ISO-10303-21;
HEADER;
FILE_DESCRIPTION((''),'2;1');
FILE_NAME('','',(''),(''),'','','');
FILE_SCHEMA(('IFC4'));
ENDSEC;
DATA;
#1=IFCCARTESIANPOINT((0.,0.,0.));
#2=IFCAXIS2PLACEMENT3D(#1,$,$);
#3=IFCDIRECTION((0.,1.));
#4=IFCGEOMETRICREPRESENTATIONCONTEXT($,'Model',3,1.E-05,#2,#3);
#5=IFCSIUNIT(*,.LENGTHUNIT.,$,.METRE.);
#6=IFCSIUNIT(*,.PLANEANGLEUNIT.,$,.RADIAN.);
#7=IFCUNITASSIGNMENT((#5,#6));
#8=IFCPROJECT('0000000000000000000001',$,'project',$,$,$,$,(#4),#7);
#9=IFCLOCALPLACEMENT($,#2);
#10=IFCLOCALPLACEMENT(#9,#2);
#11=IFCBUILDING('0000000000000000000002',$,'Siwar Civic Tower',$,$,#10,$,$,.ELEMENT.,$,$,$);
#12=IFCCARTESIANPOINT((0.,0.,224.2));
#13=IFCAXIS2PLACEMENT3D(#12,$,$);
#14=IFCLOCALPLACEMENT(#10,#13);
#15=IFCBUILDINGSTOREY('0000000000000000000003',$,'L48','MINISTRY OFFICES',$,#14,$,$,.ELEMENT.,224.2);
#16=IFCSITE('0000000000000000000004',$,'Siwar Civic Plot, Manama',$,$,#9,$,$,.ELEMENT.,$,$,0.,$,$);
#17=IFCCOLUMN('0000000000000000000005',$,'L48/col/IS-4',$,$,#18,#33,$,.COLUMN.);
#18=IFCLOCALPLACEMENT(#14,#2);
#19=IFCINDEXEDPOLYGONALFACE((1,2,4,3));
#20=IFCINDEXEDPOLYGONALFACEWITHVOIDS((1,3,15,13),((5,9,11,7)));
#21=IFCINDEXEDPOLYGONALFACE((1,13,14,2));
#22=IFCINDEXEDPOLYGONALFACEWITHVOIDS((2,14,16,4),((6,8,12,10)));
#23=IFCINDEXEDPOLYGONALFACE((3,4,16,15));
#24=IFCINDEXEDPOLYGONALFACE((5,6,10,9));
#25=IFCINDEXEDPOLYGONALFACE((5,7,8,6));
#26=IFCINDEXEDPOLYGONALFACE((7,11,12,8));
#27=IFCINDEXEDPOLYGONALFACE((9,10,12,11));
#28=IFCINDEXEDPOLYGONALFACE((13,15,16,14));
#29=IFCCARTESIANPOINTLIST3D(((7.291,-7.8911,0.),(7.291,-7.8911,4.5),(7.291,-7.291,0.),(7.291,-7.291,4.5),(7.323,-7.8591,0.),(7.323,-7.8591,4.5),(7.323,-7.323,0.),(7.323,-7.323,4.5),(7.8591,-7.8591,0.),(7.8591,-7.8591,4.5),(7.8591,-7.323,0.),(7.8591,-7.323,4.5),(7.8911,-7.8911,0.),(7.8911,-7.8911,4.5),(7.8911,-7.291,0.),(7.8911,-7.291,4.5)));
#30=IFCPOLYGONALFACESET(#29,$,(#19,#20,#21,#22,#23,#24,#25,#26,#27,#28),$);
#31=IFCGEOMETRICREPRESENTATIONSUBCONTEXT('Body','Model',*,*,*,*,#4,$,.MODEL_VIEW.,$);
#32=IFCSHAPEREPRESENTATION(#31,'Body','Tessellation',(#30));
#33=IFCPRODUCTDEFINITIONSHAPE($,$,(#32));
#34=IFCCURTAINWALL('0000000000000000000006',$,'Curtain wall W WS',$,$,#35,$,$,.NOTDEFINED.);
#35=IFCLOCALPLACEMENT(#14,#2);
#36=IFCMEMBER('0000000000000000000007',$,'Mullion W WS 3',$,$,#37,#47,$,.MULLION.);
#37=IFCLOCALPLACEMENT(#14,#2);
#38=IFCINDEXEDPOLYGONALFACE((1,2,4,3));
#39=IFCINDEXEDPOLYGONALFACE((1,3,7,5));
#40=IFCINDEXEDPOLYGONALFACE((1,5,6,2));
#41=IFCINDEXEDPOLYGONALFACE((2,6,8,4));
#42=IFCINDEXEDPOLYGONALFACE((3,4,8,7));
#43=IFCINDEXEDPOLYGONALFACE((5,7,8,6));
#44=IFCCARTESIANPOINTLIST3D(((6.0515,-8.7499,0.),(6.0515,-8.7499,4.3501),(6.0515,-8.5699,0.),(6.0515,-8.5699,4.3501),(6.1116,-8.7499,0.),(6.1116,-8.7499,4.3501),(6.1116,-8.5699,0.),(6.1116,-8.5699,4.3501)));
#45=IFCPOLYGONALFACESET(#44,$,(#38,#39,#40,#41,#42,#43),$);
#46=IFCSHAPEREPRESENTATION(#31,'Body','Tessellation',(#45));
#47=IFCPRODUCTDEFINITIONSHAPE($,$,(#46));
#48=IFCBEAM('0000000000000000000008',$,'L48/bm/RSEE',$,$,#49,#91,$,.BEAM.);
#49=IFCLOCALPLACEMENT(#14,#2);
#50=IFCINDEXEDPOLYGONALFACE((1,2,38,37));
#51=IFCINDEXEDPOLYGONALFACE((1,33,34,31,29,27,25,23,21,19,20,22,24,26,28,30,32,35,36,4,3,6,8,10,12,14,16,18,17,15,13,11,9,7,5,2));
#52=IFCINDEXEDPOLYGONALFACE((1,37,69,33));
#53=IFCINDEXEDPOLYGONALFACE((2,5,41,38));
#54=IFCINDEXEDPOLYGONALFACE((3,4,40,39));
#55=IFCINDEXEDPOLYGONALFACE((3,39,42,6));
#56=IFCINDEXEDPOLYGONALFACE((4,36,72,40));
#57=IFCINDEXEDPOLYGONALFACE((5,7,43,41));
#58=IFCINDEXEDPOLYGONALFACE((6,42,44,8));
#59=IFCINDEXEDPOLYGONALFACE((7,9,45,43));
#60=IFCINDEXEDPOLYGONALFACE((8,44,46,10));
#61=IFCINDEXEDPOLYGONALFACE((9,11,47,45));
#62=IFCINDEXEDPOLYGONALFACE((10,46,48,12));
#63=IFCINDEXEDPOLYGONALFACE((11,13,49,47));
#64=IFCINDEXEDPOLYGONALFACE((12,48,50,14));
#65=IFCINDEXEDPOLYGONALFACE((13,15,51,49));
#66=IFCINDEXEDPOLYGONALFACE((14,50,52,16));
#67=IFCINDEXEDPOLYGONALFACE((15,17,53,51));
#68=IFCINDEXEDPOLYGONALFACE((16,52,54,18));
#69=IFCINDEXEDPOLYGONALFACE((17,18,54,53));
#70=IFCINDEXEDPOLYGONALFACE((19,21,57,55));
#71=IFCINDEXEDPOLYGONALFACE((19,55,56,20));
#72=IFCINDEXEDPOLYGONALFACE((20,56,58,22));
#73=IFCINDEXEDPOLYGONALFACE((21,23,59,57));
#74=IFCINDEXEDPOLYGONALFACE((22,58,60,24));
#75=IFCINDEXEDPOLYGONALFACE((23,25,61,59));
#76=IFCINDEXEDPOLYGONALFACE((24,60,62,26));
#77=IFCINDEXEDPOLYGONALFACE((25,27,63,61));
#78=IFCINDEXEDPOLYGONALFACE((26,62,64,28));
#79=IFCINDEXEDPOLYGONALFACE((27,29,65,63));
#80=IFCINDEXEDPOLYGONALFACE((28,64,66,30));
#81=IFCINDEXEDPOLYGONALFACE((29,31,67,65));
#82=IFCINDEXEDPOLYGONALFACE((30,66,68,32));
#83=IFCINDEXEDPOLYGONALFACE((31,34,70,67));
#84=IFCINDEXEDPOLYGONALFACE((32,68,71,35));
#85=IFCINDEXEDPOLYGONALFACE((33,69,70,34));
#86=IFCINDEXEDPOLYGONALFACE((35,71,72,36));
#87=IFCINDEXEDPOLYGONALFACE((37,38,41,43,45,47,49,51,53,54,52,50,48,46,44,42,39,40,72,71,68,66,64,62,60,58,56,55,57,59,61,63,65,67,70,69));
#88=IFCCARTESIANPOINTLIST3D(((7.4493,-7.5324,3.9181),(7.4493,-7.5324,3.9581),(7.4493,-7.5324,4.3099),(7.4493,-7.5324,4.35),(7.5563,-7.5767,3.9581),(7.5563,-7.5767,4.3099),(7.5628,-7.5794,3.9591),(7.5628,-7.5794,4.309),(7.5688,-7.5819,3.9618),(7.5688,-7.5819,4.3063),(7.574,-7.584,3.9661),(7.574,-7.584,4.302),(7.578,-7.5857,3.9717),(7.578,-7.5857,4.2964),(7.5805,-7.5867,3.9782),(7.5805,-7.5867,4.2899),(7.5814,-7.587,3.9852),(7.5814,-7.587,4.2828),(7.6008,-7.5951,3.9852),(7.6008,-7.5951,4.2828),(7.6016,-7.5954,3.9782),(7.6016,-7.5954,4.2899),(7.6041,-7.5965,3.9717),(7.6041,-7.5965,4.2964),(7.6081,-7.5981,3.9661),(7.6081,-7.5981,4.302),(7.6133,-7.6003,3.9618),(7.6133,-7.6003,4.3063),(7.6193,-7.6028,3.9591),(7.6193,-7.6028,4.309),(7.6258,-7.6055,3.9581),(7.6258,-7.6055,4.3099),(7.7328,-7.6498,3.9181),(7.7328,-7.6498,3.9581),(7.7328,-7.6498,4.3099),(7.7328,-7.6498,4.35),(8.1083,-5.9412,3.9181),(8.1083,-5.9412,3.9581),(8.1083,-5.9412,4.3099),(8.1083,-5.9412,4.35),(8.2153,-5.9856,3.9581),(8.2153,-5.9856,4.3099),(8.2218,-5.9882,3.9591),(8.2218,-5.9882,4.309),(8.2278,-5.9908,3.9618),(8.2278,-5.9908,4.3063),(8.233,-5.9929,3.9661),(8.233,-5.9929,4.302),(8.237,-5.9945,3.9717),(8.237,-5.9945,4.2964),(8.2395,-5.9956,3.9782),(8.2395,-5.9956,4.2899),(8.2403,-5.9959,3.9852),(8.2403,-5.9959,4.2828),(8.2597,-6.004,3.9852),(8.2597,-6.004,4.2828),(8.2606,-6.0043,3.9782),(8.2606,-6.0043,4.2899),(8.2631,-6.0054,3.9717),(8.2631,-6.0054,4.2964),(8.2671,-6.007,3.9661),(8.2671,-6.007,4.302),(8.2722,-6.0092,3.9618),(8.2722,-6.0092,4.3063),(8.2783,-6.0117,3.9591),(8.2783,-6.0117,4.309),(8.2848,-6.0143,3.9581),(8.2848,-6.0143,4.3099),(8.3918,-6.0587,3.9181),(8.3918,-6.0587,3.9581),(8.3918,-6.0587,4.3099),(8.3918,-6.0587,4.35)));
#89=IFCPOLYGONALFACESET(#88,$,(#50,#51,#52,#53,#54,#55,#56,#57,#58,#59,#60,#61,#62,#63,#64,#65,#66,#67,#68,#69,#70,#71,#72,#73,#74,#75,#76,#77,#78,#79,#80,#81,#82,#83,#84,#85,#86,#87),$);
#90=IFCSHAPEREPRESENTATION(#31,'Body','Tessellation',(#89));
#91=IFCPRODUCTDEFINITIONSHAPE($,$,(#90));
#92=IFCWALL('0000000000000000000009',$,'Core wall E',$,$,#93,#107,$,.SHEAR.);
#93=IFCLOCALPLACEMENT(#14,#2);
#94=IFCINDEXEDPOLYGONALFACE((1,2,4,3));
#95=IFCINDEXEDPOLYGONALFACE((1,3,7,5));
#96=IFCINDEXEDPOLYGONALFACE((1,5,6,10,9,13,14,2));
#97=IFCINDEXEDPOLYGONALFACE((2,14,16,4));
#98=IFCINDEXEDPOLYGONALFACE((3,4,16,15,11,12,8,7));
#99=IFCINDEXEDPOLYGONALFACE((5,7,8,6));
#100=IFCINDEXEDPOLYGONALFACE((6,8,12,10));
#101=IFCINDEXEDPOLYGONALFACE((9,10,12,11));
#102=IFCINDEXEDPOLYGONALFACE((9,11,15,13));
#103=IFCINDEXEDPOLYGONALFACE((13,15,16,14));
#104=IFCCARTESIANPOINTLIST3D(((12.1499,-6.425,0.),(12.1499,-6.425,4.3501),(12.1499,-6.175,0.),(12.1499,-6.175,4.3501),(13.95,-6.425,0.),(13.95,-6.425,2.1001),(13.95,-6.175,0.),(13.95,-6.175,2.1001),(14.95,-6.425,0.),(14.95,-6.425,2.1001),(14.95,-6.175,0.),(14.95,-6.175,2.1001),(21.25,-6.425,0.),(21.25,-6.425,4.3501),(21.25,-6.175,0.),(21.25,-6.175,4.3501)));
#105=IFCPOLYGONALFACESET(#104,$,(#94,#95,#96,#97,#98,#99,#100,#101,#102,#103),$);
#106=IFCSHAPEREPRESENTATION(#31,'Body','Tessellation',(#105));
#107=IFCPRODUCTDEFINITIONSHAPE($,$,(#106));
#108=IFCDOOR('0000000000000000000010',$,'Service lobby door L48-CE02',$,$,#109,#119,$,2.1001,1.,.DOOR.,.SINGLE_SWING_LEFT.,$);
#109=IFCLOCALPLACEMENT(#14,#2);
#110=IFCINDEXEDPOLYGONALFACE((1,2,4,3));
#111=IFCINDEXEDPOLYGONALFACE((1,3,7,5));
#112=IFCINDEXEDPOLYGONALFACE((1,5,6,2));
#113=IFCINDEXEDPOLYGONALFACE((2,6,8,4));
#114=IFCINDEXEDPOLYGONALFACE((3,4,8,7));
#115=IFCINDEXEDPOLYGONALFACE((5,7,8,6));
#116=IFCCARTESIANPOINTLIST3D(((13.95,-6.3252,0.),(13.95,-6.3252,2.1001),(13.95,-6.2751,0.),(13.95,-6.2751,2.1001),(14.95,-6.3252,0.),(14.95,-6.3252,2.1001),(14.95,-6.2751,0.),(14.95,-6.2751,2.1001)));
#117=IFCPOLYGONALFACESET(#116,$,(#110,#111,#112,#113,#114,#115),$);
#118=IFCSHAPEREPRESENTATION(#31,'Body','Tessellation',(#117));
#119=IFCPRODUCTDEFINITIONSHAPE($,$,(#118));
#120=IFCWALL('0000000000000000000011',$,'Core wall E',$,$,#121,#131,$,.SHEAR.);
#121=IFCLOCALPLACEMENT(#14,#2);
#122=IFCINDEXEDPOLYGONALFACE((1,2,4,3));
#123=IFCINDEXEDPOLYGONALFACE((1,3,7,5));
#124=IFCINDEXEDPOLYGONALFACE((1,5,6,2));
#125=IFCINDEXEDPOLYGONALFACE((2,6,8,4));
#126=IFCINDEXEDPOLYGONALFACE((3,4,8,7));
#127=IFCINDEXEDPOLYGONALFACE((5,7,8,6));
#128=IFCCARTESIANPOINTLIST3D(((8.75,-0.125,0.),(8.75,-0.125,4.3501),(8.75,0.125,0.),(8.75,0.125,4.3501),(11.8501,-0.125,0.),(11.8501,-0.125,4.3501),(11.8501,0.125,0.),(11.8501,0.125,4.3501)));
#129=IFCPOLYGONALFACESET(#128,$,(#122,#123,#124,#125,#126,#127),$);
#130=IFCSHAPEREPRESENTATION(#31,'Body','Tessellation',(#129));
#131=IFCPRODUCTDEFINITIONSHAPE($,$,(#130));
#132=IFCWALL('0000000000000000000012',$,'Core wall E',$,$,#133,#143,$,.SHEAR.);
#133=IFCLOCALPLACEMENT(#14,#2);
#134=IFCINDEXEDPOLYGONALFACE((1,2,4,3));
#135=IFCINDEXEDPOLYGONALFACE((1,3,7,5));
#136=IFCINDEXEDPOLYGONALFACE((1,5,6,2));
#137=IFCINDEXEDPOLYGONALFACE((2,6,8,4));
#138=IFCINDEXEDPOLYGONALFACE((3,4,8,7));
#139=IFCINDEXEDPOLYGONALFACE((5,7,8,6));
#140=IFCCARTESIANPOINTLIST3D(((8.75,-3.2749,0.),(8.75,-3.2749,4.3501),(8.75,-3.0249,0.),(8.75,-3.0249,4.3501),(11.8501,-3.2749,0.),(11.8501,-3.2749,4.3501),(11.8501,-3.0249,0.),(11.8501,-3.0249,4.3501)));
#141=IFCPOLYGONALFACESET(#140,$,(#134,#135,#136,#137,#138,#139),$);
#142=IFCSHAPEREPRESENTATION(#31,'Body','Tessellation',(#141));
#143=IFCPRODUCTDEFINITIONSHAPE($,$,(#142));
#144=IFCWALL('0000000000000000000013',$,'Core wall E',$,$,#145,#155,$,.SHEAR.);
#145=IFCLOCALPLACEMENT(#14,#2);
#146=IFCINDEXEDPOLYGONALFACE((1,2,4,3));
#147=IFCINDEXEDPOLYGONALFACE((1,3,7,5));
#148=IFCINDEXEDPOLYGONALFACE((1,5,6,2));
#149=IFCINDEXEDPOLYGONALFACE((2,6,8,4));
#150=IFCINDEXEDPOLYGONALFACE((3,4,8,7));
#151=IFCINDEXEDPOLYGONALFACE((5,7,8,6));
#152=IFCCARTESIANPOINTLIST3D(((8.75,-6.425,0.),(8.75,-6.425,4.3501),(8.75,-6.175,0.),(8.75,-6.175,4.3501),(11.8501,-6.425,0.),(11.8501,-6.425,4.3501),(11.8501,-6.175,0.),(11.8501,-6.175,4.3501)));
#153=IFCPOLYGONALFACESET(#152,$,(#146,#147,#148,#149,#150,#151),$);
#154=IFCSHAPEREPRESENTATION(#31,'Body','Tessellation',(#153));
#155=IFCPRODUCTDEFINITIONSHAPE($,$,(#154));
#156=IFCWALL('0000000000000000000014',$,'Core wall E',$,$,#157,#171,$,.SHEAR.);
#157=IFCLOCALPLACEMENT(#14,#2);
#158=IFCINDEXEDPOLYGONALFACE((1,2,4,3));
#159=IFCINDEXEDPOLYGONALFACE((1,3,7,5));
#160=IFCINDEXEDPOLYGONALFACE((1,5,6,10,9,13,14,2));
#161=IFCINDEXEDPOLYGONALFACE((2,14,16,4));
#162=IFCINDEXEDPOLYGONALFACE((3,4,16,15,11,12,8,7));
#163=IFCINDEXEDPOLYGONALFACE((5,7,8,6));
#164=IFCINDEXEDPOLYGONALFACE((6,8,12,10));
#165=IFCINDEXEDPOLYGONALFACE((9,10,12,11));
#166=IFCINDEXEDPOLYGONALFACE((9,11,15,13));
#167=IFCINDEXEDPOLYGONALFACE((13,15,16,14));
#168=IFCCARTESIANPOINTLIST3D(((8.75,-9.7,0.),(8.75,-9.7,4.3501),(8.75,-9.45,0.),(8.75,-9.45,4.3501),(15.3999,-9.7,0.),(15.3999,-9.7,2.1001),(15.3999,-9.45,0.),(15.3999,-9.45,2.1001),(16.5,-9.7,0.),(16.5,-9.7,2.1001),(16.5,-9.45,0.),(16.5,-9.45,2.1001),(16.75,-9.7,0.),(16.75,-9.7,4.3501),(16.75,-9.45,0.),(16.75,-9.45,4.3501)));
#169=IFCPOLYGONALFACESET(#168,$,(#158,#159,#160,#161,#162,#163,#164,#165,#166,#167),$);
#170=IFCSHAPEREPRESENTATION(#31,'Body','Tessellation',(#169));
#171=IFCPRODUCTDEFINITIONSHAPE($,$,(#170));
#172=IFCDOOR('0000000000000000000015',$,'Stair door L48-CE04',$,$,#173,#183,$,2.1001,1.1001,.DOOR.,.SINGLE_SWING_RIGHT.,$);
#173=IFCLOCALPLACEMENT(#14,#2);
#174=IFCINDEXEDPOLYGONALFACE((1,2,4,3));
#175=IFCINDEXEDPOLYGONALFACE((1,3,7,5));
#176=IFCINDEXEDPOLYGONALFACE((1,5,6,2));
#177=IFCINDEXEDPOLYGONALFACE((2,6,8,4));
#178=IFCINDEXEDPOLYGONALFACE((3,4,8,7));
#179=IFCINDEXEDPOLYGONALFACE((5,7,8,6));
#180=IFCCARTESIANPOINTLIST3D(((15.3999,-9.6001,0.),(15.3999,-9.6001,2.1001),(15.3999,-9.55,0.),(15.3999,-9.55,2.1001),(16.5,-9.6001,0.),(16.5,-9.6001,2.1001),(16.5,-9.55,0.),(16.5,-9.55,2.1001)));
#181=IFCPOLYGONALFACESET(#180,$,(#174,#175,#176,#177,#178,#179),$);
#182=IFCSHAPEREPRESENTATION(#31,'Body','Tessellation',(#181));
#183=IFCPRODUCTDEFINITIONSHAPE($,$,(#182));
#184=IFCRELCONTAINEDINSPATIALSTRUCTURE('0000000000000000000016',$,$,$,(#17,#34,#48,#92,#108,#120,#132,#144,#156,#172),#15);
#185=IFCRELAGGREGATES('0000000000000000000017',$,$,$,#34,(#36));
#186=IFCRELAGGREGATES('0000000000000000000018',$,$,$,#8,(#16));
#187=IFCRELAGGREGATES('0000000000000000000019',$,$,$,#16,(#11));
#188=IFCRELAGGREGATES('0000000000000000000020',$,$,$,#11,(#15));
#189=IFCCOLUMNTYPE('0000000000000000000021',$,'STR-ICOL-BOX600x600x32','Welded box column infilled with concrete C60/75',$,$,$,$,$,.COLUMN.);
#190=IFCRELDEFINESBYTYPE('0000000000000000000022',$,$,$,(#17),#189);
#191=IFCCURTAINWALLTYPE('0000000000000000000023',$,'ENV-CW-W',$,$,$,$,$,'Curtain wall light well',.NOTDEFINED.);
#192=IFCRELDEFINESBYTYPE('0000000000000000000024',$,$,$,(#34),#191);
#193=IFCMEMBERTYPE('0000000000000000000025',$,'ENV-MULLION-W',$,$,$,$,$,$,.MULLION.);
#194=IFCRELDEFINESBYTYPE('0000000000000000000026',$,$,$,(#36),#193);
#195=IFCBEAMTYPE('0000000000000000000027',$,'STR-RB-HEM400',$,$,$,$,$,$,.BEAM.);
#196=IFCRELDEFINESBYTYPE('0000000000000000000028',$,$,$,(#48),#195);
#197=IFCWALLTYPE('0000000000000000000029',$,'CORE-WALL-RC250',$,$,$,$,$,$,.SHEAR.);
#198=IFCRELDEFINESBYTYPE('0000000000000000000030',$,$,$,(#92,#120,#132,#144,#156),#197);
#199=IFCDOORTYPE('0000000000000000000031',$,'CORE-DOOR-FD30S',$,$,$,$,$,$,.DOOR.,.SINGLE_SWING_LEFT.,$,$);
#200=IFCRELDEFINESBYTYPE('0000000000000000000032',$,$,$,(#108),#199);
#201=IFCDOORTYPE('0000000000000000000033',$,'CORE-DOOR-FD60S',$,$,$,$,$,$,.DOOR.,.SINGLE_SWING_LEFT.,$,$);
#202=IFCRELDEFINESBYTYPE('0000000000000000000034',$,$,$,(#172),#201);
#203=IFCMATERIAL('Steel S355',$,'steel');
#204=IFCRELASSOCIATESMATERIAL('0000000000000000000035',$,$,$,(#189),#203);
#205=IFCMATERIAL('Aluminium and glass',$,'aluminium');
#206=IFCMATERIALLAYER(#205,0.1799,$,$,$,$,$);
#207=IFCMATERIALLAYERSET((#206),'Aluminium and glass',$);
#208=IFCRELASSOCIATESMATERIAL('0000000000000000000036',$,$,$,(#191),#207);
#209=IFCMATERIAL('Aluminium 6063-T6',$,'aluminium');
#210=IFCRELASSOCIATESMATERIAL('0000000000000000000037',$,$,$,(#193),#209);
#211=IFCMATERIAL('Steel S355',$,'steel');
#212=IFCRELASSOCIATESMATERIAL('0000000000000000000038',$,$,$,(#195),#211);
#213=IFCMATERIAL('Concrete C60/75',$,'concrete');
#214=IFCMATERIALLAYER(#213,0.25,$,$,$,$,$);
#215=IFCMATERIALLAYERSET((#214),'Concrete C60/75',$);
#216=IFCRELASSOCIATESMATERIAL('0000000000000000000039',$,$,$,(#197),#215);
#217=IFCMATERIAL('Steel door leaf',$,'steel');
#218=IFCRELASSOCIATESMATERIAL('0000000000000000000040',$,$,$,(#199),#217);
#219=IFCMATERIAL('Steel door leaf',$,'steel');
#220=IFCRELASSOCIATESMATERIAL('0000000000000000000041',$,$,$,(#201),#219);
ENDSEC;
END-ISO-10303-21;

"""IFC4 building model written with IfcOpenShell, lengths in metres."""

from ifc_helpers import new_model, si_unit, direction, frame, frame_2d, origin, origin_2d, place, context, subcontext, project, spatial, rectangle, hollow_rectangle, i_section, extrude, material, layer, layer_set, material_profile, profile_set, type_object, element, fill, aggregate, save


model = new_model("IFC4")

# Units and contexts
model_context = context("Model", 3, precision=1e-05, world=origin(), true_north=direction((0.0, 1.0)))
body_context = subcontext(model_context, "Body", "Model", "MODEL_VIEW")
ifc_project = project(units=[si_unit("LENGTHUNIT", "METRE"), si_unit("PLANEANGLEUNIT", "RADIAN")], contexts=[model_context])

# Site, building, storey
site_placement = place(None, origin())
site = spatial("IfcSite", under=ifc_project, at=site_placement, Name="Siwar Civic Plot, Manama", CompositionType="ELEMENT", RefElevation=0.0)
building_placement = place(site_placement, origin())
building = spatial("IfcBuilding", under=site, at=building_placement, Name="Siwar Civic Tower", CompositionType="ELEMENT")
storey_placement = place(building_placement, frame((0.0, 0.0, 224.2)))
storey = spatial("IfcBuildingStorey", under=building, at=storey_placement, Name="L48", Description="MINISTRY OFFICES", CompositionType="ELEMENT", Elevation=224.2)

# Column
ifc_material_1 = material(Name="Steel S355", Category="steel")
ifc_material_profile_1 = material_profile(ifc_material_1, hollow_rectangle(XDim=0.6001, YDim=0.6001, WallThickness=0.032, at=origin_2d()), Name="BOX600x600x32")
ifc_profile_set_1 = profile_set([ifc_material_profile_1], Name="Steel S355")
column_type = type_object("IfcColumnType", Name="STR-ICOL-BOX600x600x32", Description="Welded box column infilled with concrete C60/75", PredefinedType="COLUMN", material=ifc_profile_set_1)
column_placement = place(storey_placement, frame((7.5911, -7.5911, 0.0), z_axis=(0.0, 0.0, 1.0), x_axis=(1.0, 0.0, 0.0)))
element("IfcColumn", 1, at=column_placement, inside=storey, type_object=column_type, Name="L48/col/IS-4", PredefinedType="COLUMN", context=body_context, shape_type="SweptSolid", body=[
    extrude(hollow_rectangle(XDim=0.6001, YDim=0.6001, WallThickness=0.032, at=origin_2d()), origin(), (0.0, 0.0, 1.0), 4.5),
])

# Curtain wall, member
ifc_material_2 = material(Name="Aluminium and glass", Category="aluminium")
ifc_layer_1 = layer(ifc_material_2, 0.1799)
ifc_layer_set_1 = layer_set([ifc_layer_1], Name="Aluminium and glass")
curtain_wall_type = type_object("IfcCurtainWallType", Name="ENV-CW-W", ElementType="Curtain wall light well", PredefinedType="NOTDEFINED", material=ifc_layer_set_1)
curtain_wall_placement = place(storey_placement, origin())
curtain_wall = element("IfcCurtainWall", 2, at=curtain_wall_placement, inside=storey, type_object=curtain_wall_type, Name="Curtain wall W WS", PredefinedType="NOTDEFINED")
ifc_material_3 = material(Name="Aluminium 6063-T6", Category="aluminium")
ifc_material_profile_2 = material_profile(ifc_material_3, rectangle(XDim=0.1799, YDim=0.0601, at=origin_2d()), Name="AL 180x60")
ifc_profile_set_2 = profile_set([ifc_material_profile_2], Name="Aluminium 6063-T6")
member_type = type_object("IfcMemberType", Name="ENV-MULLION-W", PredefinedType="MULLION", material=ifc_profile_set_2)
member_placement = place(storey_placement, frame((6.0815, -8.6599, 0.0), z_axis=(0.0, 0.0, 1.0), x_axis=(0.0, 1.0, 0.0)))
member = element("IfcMember", 3, at=member_placement, type_object=member_type, Name="Mullion W WS 3", PredefinedType="MULLION", context=body_context, shape_type="SweptSolid", body=[
    extrude(rectangle(XDim=0.1799, YDim=0.0601, at=origin_2d()), origin(), (0.0, 0.0, 1.0), 4.3501),
])
aggregate(curtain_wall, [member])

# Beam
ifc_material_4 = material(Name="Steel S355", Category="steel")
ifc_material_profile_3 = material_profile(ifc_material_4, i_section(OverallWidth=0.3069, OverallDepth=0.4319, WebThickness=0.021, FlangeThickness=0.04, FilletRadius=0.0271, at=origin_2d()), Name="HEM400")
ifc_profile_set_3 = profile_set([ifc_material_profile_3], Name="Steel S355")
beam_type = type_object("IfcBeamType", Name="STR-RB-HEM400", PredefinedType="BEAM", material=ifc_profile_set_3)
beam_placement = place(storey_placement, frame((7.5911, -7.5911, 4.134), z_axis=(0.382631, 0.923901, 0.0), x_axis=(-0.923901, 0.382631, 0.0)))
element("IfcBeam", 4, at=beam_placement, inside=storey, type_object=beam_type, Name="L48/bm/RSEE", PredefinedType="BEAM", context=body_context, shape_type="SweptSolid", body=[
    extrude(i_section(OverallWidth=0.3069, OverallDepth=0.4319, WebThickness=0.021, FlangeThickness=0.04, FilletRadius=0.0271, at=origin_2d()), origin(), (0.0, 0.0, 1.0), 1.7222),
])

# Wall, opening, door
ifc_material_5 = material(Name="Concrete C60/75", Category="concrete")
ifc_layer_2 = layer(ifc_material_5, 0.25)
ifc_layer_set_2 = layer_set([ifc_layer_2], Name="Concrete C60/75")
wall_type_1 = type_object("IfcWallType", Name="CORE-WALL-RC250", PredefinedType="SHEAR", material=ifc_layer_set_2)
wall_1_placement = place(storey_placement, frame((12.1499, -6.3, 0.0), z_axis=(0.0, 0.0, 1.0), x_axis=(1.0, 0.0, 0.0)))
wall_1 = element("IfcWall", 5, at=wall_1_placement, inside=storey, type_object=wall_type_1, Name="Core wall E", PredefinedType="SHEAR", context=body_context, shape_type="SweptSolid", body=[
    extrude(rectangle(XDim=9.1001, YDim=0.25, at=frame_2d((4.55, 0.0))), origin(), (0.0, 0.0, 1.0), 4.3501),
])
opening_1_placement = place(wall_1_placement, frame((1.8, 0.0, 0.0)))
opening_1 = element("IfcOpeningElement", 6, at=opening_1_placement, cuts=wall_1, PredefinedType="OPENING", context=body_context, shape_type="SweptSolid", body=[
    extrude(rectangle(XDim=1.0, YDim=2.1001, at=frame_2d((0.5, 1.05))), frame((0.0, 0.135, 0.0), z_axis=(0.0, -1.0, 0.0), x_axis=(1.0, 0.0, 0.0)), (0.0, 0.0, 1.0), 0.27),
])
ifc_material_6 = material(Name="Steel door leaf", Category="steel")
door_type_1 = type_object("IfcDoorType", Name="CORE-DOOR-FD30S", OperationType="SINGLE_SWING_LEFT", PredefinedType="DOOR", material=ifc_material_6)
door_1_placement = place(opening_1_placement, origin())
door_1 = element("IfcDoor", 7, at=door_1_placement, inside=storey, type_object=door_type_1, Name="Service lobby door L48-CE02", OperationType="SINGLE_SWING_LEFT", OverallHeight=2.1001, OverallWidth=1.0, PredefinedType="DOOR", context=body_context, shape_type="SweptSolid", body=[
    extrude(rectangle(XDim=1.0, YDim=2.1001, at=frame_2d((0.5, 1.05))), frame((0.0, 0.0249, 0.0), z_axis=(0.0, -1.0, 0.0), x_axis=(1.0, 0.0, 0.0)), (0.0, 0.0, 1.0), 0.05),
])
fill(opening_1, door_1)

# Walls
for number, where, z_axis, x_axis, name in (
    (8, (8.75, 0.0, 0.0), (0.0, 0.0, 1.0), (1.0, 0.0, 0.0), "Core wall E"),
    (9, (8.75, -3.1499, 0.0), (0.0, 0.0, 1.0), (1.0, 0.0, 0.0), "Core wall E"),
    (10, (8.75, -6.3, 0.0), (0.0, 0.0, 1.0), (1.0, 0.0, 0.0), "Core wall E"),
):
    element("IfcWall", number, at=place(storey_placement, frame(where, z_axis=z_axis, x_axis=x_axis)), inside=storey, type_object=wall_type_1, Name=name, PredefinedType="SHEAR", context=body_context, shape_type="SweptSolid", body=[
        extrude(rectangle(XDim=3.1001, YDim=0.25, at=frame_2d((1.55, 0.0))), origin(), (0.0, 0.0, 1.0), 4.3501),
    ])

# Wall, opening, door
wall_2_placement = place(storey_placement, frame((8.75, -9.575, 0.0), z_axis=(0.0, 0.0, 1.0), x_axis=(1.0, 0.0, 0.0)))
wall_2 = element("IfcWall", 11, at=wall_2_placement, inside=storey, type_object=wall_type_1, Name="Core wall E", PredefinedType="SHEAR", context=body_context, shape_type="SweptSolid", body=[
    extrude(rectangle(XDim=8.0, YDim=0.25, at=frame_2d((4.0, 0.0))), origin(), (0.0, 0.0, 1.0), 4.3501),
])
opening_2_placement = place(wall_2_placement, frame((6.6499, 0.0, 0.0)))
opening_2 = element("IfcOpeningElement", 12, at=opening_2_placement, cuts=wall_2, PredefinedType="OPENING", context=body_context, shape_type="SweptSolid", body=[
    extrude(rectangle(XDim=1.1001, YDim=2.1001, at=frame_2d((0.55, 1.05))), frame((0.0, 0.135, 0.0), z_axis=(0.0, -1.0, 0.0), x_axis=(1.0, 0.0, 0.0)), (0.0, 0.0, 1.0), 0.27),
])
ifc_material_7 = material(Name="Steel door leaf", Category="steel")
door_type_2 = type_object("IfcDoorType", Name="CORE-DOOR-FD60S", OperationType="SINGLE_SWING_LEFT", PredefinedType="DOOR", material=ifc_material_7)
door_2_placement = place(opening_2_placement, origin())
door_2 = element("IfcDoor", 13, at=door_2_placement, inside=storey, type_object=door_type_2, Name="Stair door L48-CE04", OperationType="SINGLE_SWING_RIGHT", OverallHeight=2.1001, OverallWidth=1.1001, PredefinedType="DOOR", context=body_context, shape_type="SweptSolid", body=[
    extrude(rectangle(XDim=1.1001, YDim=2.1001, at=frame_2d((0.55, 1.05))), frame((0.0, 0.0249, 0.0), z_axis=(0.0, -1.0, 0.0), x_axis=(1.0, 0.0, 0.0)), (0.0, 0.0, 1.0), 0.05),
])
fill(opening_2, door_2)

save(model, "model.ifc")
